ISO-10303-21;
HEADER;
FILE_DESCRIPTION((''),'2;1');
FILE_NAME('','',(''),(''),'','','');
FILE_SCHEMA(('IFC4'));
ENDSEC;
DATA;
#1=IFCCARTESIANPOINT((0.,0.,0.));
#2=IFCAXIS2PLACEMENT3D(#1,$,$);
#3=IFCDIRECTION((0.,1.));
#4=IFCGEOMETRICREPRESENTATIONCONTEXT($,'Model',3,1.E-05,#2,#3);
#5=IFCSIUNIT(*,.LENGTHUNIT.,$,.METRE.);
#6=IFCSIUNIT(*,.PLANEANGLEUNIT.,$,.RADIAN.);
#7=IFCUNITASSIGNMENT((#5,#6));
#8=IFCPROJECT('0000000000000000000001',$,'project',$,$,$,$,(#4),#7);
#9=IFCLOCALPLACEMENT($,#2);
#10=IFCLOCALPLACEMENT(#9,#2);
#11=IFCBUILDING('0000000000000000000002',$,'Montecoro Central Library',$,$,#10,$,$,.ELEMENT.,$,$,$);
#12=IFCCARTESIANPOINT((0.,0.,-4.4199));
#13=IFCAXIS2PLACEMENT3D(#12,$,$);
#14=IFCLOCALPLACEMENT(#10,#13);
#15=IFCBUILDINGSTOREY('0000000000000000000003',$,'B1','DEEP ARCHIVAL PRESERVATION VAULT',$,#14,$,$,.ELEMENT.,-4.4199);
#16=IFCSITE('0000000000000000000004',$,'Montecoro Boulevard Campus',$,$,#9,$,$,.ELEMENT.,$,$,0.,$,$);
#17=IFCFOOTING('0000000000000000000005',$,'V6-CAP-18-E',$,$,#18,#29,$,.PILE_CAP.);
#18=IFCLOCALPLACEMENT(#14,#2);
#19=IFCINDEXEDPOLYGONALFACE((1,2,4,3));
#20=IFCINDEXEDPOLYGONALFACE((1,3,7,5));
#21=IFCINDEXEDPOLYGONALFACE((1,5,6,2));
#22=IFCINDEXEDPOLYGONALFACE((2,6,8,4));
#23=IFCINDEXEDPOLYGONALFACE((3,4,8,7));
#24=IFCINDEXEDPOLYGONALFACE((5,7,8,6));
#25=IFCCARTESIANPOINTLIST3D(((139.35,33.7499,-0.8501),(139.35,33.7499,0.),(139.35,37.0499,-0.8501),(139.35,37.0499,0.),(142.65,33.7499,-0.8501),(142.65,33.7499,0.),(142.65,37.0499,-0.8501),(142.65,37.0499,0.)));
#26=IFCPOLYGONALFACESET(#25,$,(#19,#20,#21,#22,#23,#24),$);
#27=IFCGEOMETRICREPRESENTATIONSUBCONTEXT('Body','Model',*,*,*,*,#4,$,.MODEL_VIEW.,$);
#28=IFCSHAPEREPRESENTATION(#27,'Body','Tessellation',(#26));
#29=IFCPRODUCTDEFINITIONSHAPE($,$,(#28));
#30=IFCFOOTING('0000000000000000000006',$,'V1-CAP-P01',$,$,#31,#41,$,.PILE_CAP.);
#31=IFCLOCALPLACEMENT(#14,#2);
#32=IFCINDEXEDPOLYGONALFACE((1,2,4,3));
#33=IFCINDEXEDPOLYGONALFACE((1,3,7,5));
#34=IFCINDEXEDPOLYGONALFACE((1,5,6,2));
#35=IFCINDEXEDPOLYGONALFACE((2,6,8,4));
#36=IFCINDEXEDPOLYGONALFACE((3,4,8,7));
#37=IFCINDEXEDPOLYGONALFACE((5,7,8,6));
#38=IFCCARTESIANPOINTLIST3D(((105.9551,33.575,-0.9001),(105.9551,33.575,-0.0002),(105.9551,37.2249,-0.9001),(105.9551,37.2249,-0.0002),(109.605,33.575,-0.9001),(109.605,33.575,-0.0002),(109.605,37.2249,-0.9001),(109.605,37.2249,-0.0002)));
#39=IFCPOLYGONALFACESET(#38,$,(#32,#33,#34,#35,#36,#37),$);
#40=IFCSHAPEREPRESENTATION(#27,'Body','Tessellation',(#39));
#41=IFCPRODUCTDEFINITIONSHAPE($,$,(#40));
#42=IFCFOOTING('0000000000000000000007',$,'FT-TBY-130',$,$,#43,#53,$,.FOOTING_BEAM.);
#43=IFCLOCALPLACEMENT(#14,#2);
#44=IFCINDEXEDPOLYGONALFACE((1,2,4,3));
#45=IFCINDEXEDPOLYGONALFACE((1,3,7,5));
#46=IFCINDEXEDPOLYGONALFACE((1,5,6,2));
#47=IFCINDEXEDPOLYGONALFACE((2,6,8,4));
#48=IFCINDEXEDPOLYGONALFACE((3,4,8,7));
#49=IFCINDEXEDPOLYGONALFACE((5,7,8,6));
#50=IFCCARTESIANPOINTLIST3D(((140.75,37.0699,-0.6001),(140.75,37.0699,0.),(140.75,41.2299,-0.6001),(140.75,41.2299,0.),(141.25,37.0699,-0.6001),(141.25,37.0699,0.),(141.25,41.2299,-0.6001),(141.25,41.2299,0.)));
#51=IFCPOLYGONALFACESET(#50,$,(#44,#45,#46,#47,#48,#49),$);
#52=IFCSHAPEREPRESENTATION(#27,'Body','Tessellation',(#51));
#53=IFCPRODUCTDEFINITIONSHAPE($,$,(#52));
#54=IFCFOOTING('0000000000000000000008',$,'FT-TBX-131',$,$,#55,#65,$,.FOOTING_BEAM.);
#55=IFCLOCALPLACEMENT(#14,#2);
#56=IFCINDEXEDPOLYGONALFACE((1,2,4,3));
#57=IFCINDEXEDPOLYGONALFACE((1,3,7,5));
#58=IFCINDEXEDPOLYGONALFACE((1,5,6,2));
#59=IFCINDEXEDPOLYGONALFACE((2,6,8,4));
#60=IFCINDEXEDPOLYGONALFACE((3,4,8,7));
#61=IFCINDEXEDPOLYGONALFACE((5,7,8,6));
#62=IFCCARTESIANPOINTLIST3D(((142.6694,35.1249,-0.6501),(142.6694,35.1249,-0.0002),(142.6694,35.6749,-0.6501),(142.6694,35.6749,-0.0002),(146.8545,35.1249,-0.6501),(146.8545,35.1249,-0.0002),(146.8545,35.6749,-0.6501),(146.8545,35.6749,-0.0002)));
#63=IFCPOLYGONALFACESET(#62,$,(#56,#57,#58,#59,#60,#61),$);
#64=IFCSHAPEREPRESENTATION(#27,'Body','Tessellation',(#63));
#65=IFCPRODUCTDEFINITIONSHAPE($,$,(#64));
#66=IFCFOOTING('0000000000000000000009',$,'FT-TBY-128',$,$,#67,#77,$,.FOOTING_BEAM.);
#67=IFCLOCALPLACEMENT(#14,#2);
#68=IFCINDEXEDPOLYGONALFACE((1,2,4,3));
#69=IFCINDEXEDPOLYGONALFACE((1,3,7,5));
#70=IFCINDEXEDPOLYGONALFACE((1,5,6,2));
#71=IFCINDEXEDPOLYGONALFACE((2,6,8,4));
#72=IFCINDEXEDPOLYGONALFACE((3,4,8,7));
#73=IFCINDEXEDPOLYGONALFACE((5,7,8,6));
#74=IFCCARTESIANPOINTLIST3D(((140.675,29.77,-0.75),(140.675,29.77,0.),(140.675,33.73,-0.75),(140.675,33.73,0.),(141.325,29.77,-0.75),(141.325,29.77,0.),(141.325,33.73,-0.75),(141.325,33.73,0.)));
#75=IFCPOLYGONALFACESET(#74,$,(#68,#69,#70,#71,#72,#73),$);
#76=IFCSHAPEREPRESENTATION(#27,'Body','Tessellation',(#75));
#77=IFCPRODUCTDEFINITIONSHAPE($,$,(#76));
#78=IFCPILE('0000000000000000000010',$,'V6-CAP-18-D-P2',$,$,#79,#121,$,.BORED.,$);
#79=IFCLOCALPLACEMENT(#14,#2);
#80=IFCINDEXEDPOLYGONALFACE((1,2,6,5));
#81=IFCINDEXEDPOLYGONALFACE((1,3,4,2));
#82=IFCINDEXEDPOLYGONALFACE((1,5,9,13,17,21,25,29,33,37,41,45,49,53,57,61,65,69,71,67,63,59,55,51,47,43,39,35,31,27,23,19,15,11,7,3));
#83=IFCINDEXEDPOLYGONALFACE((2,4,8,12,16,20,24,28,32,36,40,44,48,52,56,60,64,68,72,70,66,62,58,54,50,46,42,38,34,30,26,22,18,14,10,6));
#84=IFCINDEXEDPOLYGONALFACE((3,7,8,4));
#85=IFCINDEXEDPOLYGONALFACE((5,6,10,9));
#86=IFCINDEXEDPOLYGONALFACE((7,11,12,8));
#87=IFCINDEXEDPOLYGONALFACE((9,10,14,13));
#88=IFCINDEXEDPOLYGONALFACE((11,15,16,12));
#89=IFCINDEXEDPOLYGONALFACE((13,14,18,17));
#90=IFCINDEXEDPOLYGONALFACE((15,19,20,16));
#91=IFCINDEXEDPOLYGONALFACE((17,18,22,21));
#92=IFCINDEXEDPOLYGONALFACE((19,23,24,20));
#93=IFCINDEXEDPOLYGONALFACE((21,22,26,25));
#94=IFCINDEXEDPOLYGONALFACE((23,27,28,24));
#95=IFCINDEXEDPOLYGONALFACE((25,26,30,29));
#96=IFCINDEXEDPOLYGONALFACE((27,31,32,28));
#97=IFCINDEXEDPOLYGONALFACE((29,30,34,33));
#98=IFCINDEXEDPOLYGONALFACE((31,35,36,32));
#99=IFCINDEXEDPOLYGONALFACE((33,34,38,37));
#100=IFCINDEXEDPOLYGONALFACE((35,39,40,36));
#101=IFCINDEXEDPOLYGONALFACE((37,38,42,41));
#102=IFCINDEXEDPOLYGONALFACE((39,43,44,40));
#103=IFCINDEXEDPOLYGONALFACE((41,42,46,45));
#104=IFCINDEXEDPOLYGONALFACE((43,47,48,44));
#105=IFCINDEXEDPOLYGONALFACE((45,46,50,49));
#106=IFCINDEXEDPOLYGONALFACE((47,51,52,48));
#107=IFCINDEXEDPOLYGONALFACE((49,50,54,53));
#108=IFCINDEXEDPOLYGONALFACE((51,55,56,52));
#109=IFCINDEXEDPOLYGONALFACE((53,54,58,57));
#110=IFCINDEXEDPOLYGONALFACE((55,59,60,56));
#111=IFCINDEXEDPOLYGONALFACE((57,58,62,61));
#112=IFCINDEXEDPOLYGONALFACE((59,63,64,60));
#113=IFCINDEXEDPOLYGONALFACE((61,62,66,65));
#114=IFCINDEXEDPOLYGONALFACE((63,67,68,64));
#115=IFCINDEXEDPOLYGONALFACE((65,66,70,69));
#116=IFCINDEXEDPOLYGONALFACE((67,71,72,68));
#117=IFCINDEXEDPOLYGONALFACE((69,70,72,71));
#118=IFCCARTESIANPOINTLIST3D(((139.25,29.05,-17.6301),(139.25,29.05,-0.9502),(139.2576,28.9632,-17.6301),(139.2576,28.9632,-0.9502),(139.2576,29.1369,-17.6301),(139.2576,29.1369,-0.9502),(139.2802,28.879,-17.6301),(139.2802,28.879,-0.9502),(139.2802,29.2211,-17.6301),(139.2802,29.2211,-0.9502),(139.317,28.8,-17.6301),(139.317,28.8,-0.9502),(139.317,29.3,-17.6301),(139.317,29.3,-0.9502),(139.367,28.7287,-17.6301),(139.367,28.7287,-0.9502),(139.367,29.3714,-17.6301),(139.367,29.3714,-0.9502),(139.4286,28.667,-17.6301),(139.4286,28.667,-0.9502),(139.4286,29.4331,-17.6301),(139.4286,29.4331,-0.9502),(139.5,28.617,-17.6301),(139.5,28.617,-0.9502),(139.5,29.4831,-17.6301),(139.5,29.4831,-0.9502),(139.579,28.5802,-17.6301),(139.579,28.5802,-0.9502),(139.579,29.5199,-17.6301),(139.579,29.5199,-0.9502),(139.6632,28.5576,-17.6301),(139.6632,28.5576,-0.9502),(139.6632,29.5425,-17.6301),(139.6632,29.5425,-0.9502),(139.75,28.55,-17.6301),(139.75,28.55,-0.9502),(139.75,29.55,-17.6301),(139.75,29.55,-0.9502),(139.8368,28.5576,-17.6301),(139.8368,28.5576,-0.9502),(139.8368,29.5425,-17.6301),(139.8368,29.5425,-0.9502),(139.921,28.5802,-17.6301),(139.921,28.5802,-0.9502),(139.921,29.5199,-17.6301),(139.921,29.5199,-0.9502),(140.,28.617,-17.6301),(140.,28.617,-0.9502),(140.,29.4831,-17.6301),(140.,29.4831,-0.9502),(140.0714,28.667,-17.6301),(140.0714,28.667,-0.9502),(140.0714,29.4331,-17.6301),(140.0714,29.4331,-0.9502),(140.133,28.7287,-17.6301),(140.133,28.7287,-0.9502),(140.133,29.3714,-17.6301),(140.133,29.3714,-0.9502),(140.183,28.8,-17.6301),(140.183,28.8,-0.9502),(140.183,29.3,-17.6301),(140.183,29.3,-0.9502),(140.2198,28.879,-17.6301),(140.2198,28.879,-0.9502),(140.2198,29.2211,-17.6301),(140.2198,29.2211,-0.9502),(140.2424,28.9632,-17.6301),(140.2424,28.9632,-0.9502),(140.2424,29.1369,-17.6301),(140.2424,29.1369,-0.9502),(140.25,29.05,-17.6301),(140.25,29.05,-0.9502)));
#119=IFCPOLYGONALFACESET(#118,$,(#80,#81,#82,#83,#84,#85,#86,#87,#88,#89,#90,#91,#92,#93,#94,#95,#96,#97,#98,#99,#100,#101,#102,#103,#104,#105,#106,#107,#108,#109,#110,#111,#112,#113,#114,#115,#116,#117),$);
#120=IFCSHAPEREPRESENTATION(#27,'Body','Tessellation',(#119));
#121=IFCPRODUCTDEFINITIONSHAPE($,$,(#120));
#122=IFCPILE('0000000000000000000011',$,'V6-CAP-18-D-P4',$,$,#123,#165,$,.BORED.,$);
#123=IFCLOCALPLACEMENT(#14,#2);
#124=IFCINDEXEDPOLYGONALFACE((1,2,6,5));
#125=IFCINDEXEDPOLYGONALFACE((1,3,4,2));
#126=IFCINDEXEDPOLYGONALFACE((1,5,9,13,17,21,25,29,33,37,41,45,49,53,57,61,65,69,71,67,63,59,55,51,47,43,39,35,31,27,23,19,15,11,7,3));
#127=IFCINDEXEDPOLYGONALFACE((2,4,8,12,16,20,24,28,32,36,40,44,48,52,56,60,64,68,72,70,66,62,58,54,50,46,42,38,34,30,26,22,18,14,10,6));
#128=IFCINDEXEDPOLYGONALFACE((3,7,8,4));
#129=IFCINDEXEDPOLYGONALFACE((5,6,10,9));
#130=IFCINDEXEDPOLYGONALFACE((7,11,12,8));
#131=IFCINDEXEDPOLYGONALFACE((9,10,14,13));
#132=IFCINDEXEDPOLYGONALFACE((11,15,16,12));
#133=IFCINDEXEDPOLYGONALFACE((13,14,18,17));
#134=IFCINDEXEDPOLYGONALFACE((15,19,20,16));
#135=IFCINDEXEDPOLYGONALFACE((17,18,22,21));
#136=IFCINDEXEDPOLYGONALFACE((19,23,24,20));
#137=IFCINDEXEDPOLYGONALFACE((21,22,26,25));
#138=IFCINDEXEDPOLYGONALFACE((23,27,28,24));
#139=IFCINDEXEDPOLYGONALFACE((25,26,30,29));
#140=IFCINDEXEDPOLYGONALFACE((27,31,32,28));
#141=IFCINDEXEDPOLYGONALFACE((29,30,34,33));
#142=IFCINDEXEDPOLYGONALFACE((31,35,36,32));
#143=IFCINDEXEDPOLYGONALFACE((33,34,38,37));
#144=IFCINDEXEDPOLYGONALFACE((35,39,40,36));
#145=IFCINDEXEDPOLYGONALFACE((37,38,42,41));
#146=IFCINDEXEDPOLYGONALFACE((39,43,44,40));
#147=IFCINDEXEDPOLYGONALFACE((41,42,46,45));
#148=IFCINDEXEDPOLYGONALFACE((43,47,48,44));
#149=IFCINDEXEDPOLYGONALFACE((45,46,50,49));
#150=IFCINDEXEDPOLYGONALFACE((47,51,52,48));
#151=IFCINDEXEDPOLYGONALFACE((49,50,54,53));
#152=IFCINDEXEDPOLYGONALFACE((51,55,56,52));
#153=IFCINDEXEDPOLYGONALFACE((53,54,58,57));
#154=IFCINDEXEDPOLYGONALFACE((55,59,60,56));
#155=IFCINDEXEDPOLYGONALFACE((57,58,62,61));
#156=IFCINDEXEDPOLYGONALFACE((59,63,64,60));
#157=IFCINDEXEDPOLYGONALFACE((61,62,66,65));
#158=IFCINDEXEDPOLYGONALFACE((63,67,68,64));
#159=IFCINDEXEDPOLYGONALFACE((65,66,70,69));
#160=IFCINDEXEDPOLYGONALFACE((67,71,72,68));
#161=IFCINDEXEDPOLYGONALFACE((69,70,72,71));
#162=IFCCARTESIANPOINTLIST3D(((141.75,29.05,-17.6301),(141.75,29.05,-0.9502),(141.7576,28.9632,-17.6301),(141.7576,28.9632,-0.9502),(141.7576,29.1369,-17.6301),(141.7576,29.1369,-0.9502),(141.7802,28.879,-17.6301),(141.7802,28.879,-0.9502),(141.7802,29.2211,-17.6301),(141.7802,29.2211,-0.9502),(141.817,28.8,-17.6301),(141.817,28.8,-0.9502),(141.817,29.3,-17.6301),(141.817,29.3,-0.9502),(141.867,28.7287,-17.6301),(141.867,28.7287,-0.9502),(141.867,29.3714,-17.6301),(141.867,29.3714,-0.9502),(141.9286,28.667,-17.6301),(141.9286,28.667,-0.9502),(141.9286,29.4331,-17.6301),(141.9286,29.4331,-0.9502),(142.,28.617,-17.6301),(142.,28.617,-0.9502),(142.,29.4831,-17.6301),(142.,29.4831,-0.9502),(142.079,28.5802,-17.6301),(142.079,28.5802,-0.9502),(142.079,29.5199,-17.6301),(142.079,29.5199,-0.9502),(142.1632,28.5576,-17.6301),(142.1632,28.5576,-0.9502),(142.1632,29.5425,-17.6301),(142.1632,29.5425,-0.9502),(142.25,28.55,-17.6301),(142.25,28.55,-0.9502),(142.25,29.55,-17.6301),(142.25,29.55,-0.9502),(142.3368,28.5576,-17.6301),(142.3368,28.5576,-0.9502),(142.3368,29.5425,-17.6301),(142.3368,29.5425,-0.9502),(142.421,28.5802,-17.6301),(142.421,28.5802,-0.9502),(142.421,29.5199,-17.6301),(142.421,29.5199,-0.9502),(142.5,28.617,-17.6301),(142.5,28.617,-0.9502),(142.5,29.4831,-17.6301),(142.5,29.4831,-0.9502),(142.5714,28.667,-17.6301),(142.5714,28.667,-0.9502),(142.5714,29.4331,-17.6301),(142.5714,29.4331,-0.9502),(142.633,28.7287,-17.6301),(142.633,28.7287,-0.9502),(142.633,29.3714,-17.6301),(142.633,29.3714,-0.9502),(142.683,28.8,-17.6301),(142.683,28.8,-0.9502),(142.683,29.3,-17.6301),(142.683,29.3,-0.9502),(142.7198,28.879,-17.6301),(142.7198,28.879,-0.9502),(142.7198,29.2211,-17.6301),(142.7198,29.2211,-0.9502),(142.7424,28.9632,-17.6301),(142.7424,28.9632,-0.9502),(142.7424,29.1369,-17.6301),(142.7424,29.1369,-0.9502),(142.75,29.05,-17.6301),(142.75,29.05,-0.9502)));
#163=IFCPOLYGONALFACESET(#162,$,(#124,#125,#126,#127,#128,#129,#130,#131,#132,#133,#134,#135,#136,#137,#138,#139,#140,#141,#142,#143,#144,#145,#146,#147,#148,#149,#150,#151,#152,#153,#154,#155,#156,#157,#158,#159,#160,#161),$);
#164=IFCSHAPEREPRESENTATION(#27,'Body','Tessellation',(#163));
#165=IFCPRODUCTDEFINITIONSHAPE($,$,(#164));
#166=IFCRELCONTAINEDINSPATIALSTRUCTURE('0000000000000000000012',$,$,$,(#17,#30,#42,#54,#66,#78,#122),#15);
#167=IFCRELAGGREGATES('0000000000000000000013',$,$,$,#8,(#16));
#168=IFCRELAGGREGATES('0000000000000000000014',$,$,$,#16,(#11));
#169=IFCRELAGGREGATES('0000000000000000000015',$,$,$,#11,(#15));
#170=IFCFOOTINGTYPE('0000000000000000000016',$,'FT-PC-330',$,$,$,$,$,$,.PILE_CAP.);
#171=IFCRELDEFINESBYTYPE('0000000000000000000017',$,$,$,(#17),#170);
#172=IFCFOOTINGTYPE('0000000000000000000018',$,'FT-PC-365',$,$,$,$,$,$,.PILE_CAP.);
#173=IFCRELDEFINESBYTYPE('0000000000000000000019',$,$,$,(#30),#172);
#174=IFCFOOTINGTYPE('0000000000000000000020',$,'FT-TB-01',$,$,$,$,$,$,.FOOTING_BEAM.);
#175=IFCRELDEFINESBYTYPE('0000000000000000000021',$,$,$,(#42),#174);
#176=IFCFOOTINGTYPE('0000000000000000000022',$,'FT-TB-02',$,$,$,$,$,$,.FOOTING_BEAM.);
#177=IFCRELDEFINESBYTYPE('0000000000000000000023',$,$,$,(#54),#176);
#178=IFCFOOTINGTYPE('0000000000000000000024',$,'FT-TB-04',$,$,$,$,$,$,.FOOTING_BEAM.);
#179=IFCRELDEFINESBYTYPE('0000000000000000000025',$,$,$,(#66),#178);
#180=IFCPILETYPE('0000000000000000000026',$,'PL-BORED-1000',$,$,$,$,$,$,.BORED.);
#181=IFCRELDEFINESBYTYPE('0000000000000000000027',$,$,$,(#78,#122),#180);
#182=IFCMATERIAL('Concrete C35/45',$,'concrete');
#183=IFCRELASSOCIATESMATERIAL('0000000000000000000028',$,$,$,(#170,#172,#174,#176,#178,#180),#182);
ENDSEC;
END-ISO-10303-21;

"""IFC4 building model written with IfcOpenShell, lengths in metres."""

from ifc_helpers import new_model, si_unit, direction, frame, origin, origin_2d, place, context, subcontext, project, spatial, rectangle, circle, extrude, material, material_profile, profile_set, type_object, element, save


model = new_model("IFC4")

# Units and contexts
model_context = context("Model", 3, precision=1e-05, world=origin(), true_north=direction((0.0, 1.0)))
body_context = subcontext(model_context, "Body", "Model", "MODEL_VIEW")
ifc_project = project(units=[si_unit("LENGTHUNIT", "METRE"), si_unit("PLANEANGLEUNIT", "RADIAN")], contexts=[model_context])

# Site, building, storey
site_placement = place(None, origin())
site = spatial("IfcSite", under=ifc_project, at=site_placement, Name="Montecoro Boulevard Campus", CompositionType="ELEMENT", RefElevation=0.0)
building_placement = place(site_placement, origin())
building = spatial("IfcBuilding", under=site, at=building_placement, Name="Montecoro Central Library", CompositionType="ELEMENT")
storey_placement = place(building_placement, frame((0.0, 0.0, -4.4199)))
storey = spatial("IfcBuildingStorey", under=building, at=storey_placement, Name="B1", Description="DEEP ARCHIVAL PRESERVATION VAULT", CompositionType="ELEMENT", Elevation=-4.4199)

# Footings
ifc_material_1 = material(Name="Concrete C35/45", Category="concrete")
footing_type_1 = type_object("IfcFootingType", Name="FT-PC-330", PredefinedType="PILE_CAP", material=ifc_material_1)
footing_1_placement = place(storey_placement, frame((141.0, 35.3999, -0.8501), z_axis=(0.0, 0.0, 1.0), x_axis=(1.0, 0.0, 0.0)))
element("IfcFooting", 1, at=footing_1_placement, inside=storey, type_object=footing_type_1, Name="V6-CAP-18-E", PredefinedType="PILE_CAP", context=body_context, shape_type="SweptSolid", body=[
    extrude(rectangle(XDim=3.3, YDim=3.3, at=origin_2d()), origin(), (0.0, 0.0, 1.0), 0.8501),
])
footing_type_2 = type_object("IfcFootingType", Name="FT-PC-365", PredefinedType="PILE_CAP", material=ifc_material_1)
footing_2_placement = place(storey_placement, frame((107.78, 35.3999, -0.9001), z_axis=(0.0, 0.0, 1.0), x_axis=(1.0, 0.0, 0.0)))
element("IfcFooting", 2, at=footing_2_placement, inside=storey, type_object=footing_type_2, Name="V1-CAP-P01", PredefinedType="PILE_CAP", context=body_context, shape_type="SweptSolid", body=[
    extrude(rectangle(XDim=3.6499, YDim=3.6499, at=origin_2d()), origin(), (0.0, 0.0, 1.0), 0.8999),
])
footing_type_3 = type_object("IfcFootingType", Name="FT-TB-01", PredefinedType="FOOTING_BEAM", material=ifc_material_1)
footing_3_placement = place(storey_placement, frame((141.0, 39.1499, -0.6001), z_axis=(0.0, 0.0, 1.0), x_axis=(1.0, 0.0, 0.0)))
element("IfcFooting", 3, at=footing_3_placement, inside=storey, type_object=footing_type_3, Name="FT-TBY-130", PredefinedType="FOOTING_BEAM", context=body_context, shape_type="SweptSolid", body=[
    extrude(rectangle(XDim=0.5, YDim=4.1599, at=origin_2d()), origin(), (0.0, 0.0, 1.0), 0.6001),
])
footing_type_4 = type_object("IfcFootingType", Name="FT-TB-02", PredefinedType="FOOTING_BEAM", material=ifc_material_1)
footing_4_placement = place(storey_placement, frame((144.762, 35.3999, -0.6501), z_axis=(0.0, 0.0, 1.0), x_axis=(1.0, 0.0, 0.0)))
element("IfcFooting", 4, at=footing_4_placement, inside=storey, type_object=footing_type_4, Name="FT-TBX-131", PredefinedType="FOOTING_BEAM", context=body_context, shape_type="SweptSolid", body=[
    extrude(rectangle(XDim=4.1851, YDim=0.55, at=origin_2d()), origin(), (0.0, 0.0, 1.0), 0.6499),
])
footing_type_5 = type_object("IfcFootingType", Name="FT-TB-04", PredefinedType="FOOTING_BEAM", material=ifc_material_1)
footing_5_placement = place(storey_placement, frame((141.0, 31.75, -0.75), z_axis=(0.0, 0.0, 1.0), x_axis=(1.0, 0.0, 0.0)))
element("IfcFooting", 5, at=footing_5_placement, inside=storey, type_object=footing_type_5, Name="FT-TBY-128", PredefinedType="FOOTING_BEAM", context=body_context, shape_type="SweptSolid", body=[
    extrude(rectangle(XDim=0.6499, YDim=3.96, at=origin_2d()), origin(), (0.0, 0.0, 1.0), 0.75),
])

# Piles
ifc_material_profile_1 = material_profile(ifc_material_1, circle(Radius=0.5, at=origin_2d()), Name="PILE D1000")
ifc_profile_set_1 = profile_set([ifc_material_profile_1], Name="Concrete C35/45")
pile_type_1 = type_object("IfcPileType", Name="PL-BORED-1000", PredefinedType="BORED", material=ifc_profile_set_1)
for number, where, z_axis, x_axis, name in (
    (6, (139.75, 29.05, -0.9502), (0.0, 0.0, -1.0), (1.0, 0.0, 0.0), "V6-CAP-18-D-P2"),
    (7, (142.25, 29.05, -0.9502), (0.0, 0.0, -1.0), (1.0, 0.0, 0.0), "V6-CAP-18-D-P4"),
):
    element("IfcPile", number, at=place(storey_placement, frame(where, z_axis=z_axis, x_axis=x_axis)), inside=storey, type_object=pile_type_1, Name=name, PredefinedType="BORED", context=body_context, shape_type="SweptSolid", body=[
        extrude(circle(Radius=0.5, at=origin_2d()), origin(), (0.0, 0.0, 1.0), 16.6799),
    ])

save(model, "model.ifc")
